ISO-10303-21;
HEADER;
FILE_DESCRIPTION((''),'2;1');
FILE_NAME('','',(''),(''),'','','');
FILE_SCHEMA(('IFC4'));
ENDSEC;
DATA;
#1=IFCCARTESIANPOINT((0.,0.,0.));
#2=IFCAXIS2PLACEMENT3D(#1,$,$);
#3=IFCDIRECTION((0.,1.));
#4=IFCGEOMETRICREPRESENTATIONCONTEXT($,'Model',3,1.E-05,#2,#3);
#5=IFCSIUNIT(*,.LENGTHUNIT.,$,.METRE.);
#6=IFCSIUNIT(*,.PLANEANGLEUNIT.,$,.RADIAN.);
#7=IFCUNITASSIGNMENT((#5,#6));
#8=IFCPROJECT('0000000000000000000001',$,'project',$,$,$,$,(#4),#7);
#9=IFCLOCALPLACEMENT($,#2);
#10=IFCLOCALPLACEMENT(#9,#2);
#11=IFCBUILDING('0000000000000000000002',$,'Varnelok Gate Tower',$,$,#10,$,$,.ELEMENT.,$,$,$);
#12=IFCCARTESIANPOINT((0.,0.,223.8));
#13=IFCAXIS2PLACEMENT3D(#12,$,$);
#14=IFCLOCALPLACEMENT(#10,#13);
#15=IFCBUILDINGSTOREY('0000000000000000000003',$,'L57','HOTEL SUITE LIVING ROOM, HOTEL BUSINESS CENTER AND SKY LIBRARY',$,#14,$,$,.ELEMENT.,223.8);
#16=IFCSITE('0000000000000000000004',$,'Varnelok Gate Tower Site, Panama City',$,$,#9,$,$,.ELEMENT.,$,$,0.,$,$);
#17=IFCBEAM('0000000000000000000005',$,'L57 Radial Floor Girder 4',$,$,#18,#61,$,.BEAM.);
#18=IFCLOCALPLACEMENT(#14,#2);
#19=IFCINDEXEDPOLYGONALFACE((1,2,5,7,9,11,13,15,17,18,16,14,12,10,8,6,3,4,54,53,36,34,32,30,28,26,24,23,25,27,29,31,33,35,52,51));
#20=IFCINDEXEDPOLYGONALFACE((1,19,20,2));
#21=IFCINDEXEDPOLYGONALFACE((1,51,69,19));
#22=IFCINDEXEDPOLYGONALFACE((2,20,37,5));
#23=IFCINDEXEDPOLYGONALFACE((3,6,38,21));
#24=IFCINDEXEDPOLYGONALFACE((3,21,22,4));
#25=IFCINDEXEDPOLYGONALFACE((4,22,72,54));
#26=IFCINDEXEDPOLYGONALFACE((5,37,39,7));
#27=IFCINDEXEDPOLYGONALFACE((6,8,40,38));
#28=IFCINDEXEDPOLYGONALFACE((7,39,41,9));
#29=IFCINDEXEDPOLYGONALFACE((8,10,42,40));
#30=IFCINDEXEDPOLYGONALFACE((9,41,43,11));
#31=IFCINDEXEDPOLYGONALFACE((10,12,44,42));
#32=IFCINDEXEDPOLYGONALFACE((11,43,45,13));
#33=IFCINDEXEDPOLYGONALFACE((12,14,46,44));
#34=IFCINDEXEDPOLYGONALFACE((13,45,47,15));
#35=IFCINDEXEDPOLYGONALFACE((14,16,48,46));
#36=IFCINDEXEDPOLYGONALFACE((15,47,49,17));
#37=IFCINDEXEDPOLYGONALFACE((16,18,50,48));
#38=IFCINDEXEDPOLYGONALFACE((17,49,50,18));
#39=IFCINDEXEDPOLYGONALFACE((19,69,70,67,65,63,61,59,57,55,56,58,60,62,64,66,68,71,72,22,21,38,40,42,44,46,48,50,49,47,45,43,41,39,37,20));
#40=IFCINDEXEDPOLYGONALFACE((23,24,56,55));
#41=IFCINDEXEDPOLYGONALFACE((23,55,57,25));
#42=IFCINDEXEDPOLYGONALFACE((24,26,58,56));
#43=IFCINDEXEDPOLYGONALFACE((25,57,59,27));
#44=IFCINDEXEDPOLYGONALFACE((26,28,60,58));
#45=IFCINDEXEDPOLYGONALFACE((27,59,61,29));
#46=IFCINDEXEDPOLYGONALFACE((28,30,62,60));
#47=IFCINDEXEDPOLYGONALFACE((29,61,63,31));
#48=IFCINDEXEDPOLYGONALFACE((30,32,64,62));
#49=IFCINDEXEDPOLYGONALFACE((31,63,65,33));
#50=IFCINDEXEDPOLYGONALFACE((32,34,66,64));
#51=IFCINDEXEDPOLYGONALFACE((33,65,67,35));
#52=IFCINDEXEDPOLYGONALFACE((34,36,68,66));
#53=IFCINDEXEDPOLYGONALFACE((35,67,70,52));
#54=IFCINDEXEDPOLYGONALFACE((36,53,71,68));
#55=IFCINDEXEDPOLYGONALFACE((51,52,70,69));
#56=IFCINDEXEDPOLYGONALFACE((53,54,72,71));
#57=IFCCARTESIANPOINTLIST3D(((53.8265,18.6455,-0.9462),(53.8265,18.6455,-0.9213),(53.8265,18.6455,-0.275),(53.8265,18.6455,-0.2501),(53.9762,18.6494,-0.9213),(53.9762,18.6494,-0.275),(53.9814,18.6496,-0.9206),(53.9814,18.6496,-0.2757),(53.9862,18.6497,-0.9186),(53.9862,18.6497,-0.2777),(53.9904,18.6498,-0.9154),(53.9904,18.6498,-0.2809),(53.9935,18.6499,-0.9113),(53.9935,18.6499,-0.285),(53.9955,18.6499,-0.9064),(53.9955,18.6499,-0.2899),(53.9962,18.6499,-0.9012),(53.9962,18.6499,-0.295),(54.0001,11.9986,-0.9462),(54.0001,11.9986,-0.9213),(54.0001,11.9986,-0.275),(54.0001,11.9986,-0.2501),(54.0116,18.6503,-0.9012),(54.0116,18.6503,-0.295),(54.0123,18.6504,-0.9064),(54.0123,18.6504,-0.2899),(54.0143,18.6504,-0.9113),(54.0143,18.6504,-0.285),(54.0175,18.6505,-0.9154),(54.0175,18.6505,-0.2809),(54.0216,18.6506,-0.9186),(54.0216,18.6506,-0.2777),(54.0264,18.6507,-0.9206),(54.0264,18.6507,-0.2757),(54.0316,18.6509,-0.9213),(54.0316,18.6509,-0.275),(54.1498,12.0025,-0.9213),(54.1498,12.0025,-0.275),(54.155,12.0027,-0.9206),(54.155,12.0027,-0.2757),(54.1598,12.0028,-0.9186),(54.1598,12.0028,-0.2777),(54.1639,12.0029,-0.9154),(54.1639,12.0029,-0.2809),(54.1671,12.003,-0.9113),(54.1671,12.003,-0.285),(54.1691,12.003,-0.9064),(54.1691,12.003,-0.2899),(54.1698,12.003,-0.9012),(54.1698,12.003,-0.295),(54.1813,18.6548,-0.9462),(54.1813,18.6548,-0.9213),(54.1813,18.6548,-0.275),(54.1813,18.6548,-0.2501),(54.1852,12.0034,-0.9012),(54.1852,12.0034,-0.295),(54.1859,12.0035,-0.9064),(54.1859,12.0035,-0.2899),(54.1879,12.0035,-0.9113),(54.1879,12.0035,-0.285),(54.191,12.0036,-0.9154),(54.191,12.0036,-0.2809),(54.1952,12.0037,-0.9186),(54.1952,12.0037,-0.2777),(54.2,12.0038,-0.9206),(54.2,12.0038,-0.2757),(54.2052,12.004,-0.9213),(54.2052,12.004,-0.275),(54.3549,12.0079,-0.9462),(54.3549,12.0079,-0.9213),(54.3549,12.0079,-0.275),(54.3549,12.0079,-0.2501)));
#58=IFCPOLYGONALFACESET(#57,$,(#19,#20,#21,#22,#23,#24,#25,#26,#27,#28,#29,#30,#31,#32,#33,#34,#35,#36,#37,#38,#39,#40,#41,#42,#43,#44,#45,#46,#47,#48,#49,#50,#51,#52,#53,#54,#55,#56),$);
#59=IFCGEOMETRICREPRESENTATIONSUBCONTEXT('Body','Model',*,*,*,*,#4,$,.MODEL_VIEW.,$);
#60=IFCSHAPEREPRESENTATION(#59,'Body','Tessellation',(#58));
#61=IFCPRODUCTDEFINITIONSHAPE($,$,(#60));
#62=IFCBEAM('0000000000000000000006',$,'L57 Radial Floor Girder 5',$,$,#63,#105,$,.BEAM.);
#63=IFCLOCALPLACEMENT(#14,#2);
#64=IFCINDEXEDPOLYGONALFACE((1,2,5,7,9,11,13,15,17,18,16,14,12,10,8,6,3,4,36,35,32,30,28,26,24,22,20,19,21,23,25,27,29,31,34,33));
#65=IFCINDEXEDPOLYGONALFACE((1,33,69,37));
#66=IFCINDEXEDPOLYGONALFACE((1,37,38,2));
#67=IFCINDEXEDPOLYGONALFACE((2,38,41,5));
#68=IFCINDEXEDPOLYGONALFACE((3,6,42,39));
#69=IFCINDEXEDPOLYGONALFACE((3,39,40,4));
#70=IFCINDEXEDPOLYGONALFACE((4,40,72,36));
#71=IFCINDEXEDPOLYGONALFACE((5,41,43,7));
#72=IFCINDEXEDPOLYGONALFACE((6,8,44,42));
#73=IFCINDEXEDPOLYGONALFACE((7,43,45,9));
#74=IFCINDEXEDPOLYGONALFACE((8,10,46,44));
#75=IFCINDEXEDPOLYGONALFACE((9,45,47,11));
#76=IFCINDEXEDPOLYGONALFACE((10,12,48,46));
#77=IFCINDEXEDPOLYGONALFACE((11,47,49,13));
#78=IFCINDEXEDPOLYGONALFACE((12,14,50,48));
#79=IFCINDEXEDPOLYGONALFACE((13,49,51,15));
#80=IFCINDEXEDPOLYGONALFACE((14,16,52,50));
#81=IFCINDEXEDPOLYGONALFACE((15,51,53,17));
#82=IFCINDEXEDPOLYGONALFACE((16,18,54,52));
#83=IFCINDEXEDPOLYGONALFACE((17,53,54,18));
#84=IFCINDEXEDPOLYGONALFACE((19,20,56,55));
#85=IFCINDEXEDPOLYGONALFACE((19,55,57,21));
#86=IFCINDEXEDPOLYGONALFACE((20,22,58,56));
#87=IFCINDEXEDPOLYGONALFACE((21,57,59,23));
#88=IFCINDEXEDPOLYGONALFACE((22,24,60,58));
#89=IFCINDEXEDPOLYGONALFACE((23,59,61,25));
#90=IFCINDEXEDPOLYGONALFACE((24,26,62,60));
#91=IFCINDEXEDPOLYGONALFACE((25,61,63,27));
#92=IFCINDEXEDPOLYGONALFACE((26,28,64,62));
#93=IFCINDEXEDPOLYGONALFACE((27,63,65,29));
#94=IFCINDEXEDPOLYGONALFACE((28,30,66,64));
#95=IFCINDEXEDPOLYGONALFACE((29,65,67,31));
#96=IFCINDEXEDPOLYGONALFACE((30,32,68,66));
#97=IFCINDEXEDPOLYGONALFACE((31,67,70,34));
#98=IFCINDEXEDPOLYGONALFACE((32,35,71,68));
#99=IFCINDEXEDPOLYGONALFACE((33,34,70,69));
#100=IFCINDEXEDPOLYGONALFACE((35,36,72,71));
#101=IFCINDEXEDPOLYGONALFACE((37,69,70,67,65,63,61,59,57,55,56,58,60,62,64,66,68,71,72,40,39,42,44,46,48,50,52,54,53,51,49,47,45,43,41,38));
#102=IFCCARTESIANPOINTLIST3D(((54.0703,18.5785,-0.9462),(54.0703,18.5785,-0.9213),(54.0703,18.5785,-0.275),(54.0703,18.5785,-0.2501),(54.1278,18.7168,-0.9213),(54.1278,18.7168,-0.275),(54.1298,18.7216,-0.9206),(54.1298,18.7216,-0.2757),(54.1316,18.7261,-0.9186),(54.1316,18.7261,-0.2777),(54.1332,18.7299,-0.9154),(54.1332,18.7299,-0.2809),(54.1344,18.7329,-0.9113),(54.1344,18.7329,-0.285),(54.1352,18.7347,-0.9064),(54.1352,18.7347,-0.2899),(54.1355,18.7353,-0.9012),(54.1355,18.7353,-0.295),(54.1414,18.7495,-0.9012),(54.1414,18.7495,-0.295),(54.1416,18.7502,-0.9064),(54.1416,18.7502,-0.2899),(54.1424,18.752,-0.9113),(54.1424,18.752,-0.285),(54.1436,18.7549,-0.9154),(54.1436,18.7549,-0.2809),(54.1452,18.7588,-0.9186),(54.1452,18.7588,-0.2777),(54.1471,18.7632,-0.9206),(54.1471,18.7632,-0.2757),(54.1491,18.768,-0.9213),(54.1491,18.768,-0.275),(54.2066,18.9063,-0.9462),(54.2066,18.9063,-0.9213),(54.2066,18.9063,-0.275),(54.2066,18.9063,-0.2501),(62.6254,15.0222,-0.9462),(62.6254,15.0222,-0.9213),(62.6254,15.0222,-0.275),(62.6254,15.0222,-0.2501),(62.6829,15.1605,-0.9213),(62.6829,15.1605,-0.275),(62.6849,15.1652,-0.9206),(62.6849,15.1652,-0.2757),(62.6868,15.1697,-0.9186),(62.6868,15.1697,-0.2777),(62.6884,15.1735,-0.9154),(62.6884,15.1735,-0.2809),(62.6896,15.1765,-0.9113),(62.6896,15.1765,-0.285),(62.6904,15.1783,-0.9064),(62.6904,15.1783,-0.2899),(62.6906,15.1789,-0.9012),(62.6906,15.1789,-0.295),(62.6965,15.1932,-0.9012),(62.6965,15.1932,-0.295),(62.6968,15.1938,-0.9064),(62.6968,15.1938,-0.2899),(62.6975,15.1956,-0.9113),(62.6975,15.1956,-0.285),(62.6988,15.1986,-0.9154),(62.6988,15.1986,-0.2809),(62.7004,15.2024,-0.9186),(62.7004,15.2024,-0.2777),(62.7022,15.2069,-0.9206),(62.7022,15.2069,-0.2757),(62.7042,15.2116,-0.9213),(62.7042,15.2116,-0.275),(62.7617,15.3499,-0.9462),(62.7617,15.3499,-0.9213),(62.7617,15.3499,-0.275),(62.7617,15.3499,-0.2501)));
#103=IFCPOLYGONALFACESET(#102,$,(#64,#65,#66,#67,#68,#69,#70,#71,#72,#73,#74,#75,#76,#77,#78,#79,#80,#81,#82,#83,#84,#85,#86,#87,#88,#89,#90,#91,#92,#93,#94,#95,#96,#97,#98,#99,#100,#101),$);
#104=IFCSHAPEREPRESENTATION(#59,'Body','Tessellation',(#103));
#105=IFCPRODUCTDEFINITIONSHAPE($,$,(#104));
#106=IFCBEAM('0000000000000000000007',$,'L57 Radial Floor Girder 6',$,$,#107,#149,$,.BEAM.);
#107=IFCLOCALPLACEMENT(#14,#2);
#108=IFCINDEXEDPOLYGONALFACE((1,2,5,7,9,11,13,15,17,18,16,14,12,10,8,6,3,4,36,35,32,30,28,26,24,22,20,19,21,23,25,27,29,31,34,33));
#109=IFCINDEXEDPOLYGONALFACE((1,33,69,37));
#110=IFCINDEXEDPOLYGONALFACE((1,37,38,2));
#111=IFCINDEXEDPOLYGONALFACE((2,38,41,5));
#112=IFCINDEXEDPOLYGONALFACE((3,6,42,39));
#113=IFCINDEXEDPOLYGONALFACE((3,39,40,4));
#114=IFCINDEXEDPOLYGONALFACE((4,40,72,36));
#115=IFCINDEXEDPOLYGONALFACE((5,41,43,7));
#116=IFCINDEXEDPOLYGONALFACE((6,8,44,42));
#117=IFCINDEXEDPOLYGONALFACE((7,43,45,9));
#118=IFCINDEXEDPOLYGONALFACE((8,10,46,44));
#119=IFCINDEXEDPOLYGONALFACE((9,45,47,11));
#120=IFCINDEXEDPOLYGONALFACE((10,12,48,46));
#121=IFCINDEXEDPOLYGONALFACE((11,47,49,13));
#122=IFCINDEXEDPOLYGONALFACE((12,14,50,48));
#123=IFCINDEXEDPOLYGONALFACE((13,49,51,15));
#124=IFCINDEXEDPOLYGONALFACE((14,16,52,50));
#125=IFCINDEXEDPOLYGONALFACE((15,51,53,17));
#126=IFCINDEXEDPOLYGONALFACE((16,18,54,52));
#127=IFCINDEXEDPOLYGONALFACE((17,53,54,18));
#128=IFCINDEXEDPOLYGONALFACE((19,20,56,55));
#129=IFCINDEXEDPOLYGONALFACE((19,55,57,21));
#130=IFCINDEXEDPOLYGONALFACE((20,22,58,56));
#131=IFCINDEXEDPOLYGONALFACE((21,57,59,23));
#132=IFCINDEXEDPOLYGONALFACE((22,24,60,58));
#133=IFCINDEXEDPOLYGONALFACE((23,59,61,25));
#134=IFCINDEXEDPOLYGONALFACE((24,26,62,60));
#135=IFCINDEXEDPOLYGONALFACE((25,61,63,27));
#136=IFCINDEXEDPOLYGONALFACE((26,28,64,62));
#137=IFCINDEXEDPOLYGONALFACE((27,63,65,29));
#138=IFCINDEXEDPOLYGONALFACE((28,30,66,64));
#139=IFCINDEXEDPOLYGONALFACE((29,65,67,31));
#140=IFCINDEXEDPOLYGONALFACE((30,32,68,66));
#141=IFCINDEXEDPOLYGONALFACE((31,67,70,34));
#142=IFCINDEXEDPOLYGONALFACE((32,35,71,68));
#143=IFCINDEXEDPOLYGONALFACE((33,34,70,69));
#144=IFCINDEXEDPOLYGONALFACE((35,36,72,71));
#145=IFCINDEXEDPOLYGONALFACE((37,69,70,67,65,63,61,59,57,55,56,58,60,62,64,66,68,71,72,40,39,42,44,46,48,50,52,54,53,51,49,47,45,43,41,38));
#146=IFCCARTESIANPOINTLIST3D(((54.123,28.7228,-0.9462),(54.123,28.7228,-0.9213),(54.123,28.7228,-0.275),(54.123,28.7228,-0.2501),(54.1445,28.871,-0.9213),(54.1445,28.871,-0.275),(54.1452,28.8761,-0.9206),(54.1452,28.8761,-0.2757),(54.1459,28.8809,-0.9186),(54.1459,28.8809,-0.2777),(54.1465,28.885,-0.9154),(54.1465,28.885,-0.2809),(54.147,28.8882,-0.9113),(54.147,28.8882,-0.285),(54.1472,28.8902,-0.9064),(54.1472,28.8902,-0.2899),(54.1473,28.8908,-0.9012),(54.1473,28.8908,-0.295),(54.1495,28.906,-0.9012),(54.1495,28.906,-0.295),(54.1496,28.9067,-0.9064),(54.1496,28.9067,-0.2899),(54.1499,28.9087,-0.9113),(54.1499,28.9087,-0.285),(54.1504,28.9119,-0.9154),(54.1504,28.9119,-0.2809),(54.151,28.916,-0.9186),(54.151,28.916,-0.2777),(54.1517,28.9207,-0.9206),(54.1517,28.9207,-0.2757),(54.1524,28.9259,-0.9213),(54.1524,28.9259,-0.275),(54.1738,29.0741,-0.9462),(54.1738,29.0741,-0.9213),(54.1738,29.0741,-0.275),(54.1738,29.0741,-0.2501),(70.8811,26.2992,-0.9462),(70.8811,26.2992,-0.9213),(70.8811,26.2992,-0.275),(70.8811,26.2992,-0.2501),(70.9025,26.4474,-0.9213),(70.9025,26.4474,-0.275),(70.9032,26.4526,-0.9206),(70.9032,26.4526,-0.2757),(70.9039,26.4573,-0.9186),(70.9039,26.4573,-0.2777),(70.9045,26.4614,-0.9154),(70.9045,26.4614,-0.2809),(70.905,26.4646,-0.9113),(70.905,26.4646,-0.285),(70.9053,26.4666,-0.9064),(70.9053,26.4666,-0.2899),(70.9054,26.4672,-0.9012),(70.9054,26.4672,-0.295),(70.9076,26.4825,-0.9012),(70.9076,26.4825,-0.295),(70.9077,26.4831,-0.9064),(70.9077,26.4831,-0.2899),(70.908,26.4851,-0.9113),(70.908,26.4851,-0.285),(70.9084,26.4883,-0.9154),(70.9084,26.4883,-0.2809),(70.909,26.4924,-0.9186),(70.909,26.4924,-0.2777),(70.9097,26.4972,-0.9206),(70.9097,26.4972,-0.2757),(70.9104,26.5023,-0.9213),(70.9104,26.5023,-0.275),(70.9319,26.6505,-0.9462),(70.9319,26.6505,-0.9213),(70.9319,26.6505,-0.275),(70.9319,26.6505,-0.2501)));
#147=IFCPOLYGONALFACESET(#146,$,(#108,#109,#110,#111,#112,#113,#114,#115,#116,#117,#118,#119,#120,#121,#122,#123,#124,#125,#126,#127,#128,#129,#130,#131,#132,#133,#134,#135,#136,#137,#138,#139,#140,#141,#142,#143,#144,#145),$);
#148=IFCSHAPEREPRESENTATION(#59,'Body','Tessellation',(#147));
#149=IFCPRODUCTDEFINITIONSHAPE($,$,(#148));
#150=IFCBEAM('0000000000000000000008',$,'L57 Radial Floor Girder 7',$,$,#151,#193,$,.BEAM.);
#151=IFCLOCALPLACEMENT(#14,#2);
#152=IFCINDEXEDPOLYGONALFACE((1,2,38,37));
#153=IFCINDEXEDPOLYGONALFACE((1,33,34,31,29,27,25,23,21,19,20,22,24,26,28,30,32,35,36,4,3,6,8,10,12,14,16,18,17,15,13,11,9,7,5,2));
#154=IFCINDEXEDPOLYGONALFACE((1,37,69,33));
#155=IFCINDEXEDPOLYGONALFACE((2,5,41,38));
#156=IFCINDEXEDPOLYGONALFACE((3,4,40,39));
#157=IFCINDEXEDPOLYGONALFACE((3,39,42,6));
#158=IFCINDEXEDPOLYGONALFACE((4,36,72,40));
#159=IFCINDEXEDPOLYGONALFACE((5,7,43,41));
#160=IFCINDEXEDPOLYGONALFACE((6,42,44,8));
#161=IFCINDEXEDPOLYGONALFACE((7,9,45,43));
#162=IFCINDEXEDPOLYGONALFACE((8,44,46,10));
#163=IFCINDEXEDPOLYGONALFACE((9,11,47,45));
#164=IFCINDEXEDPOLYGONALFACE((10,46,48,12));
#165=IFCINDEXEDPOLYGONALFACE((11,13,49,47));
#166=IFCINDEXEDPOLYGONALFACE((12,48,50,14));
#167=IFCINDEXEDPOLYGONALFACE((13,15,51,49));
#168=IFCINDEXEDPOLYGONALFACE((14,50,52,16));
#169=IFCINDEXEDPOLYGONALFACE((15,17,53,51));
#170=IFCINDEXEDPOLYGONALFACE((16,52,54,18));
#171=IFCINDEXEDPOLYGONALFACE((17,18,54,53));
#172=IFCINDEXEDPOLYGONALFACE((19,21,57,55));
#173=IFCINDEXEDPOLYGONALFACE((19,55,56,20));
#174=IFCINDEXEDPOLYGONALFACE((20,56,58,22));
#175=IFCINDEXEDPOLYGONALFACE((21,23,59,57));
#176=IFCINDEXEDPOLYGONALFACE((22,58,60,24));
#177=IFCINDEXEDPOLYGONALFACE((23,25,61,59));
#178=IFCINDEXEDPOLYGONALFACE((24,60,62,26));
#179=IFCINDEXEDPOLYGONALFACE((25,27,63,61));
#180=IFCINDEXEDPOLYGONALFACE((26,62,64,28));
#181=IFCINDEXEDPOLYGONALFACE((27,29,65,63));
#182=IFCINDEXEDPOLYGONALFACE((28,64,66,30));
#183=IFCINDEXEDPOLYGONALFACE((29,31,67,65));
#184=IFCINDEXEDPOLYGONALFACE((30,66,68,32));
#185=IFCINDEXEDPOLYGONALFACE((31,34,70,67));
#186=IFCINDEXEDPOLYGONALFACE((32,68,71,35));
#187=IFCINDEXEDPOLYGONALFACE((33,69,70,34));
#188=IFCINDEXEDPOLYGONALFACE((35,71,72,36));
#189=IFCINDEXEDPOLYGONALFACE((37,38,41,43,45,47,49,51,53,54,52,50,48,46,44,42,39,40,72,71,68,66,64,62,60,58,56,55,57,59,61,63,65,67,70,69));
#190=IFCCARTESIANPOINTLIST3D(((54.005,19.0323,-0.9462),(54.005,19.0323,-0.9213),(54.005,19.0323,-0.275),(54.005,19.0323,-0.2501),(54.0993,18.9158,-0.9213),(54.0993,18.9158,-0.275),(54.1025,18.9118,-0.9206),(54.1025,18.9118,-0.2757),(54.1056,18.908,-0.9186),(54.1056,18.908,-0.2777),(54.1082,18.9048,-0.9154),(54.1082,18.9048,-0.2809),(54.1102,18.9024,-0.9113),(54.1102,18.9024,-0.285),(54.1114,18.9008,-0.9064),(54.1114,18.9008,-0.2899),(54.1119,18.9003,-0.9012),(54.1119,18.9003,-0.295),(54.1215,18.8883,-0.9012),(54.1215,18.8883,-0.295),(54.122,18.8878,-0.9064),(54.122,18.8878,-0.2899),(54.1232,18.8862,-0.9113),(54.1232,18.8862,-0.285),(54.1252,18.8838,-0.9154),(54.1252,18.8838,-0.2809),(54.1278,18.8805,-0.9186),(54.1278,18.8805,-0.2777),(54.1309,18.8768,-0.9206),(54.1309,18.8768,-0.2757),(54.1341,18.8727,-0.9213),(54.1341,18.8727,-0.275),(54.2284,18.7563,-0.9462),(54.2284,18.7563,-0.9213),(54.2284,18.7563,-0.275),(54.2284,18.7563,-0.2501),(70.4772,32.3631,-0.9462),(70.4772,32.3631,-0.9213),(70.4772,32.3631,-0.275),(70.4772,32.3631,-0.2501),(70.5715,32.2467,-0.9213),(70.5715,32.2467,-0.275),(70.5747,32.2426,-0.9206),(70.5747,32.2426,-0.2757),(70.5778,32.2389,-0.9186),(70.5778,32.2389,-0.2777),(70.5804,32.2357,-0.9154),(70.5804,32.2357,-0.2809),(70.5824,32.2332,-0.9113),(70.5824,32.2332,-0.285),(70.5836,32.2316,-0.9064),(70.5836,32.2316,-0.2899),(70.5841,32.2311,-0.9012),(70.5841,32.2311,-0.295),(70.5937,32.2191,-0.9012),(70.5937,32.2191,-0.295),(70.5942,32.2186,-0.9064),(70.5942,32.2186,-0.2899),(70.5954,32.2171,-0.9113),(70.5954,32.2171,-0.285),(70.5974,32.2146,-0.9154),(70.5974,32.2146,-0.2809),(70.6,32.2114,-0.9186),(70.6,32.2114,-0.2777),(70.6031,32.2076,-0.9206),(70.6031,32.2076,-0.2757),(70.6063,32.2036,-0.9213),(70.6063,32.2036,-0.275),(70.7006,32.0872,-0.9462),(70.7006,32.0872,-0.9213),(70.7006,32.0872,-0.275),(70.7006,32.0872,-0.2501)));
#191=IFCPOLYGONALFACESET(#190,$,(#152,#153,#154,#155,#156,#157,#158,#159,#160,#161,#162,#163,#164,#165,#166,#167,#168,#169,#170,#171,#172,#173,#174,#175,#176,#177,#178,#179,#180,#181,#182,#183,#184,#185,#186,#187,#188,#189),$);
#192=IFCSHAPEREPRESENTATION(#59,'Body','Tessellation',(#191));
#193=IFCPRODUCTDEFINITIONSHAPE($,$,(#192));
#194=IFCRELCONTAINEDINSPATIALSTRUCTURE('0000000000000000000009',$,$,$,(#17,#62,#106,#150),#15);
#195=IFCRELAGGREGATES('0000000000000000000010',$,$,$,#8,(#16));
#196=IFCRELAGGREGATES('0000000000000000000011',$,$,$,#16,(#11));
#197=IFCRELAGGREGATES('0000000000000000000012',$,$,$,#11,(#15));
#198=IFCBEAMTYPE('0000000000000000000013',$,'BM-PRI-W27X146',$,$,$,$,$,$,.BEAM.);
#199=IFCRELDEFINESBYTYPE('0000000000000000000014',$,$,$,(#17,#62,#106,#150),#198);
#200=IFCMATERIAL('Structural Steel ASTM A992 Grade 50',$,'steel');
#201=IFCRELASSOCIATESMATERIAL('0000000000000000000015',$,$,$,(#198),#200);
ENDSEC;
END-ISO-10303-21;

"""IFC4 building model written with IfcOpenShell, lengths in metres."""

from ifc_helpers import new_model, si_unit, direction, frame, origin, origin_2d, place, context, subcontext, project, spatial, i_section, extrude, material, material_profile, profile_set, type_object, element, save


model = new_model("IFC4")

# Units and contexts
model_context = context("Model", 3, precision=1e-05, world=origin(), true_north=direction((0.0, 1.0)))
body_context = subcontext(model_context, "Body", "Model", "MODEL_VIEW")
ifc_project = project(units=[si_unit("LENGTHUNIT", "METRE"), si_unit("PLANEANGLEUNIT", "RADIAN")], contexts=[model_context])

# Site, building, storey
site_placement = place(None, origin())
site = spatial("IfcSite", under=ifc_project, at=site_placement, Name="Varnelok Gate Tower Site, Panama City", CompositionType="ELEMENT", RefElevation=0.0)
building_placement = place(site_placement, origin())
building = spatial("IfcBuilding", under=site, at=building_placement, Name="Varnelok Gate Tower", CompositionType="ELEMENT")
storey_placement = place(building_placement, frame((0.0, 0.0, 223.8)))
storey = spatial("IfcBuildingStorey", under=building, at=storey_placement, Name="L57", Description="HOTEL SUITE LIVING ROOM, HOTEL BUSINESS CENTER AND SKY LIBRARY", CompositionType="ELEMENT", Elevation=223.8)

# Shared definitions
ifc_material_1 = material(Name="Structural Steel ASTM A992 Grade 50", Category="steel")

# Beams
ifc_material_profile_1 = material_profile(ifc_material_1, i_section(OverallWidth=0.355, OverallDepth=0.696, WebThickness=0.0154, FlangeThickness=0.0249, FilletRadius=0.02, at=origin_2d()), Name="W27X146")
ifc_profile_set_1 = profile_set([ifc_material_profile_1], Name="Structural Steel ASTM A992 Grade 50")
beam_type = type_object("IfcBeamType", Name="BM-PRI-W27X146", PredefinedType="BEAM", material=ifc_profile_set_1)
beam_1_placement = place(storey_placement, frame((54.0039, 18.6501, -0.5981), z_axis=(0.026106, -0.999659, 0.0), x_axis=(0.999659, 0.026106, 0.0)))
element("IfcBeam", 1, at=beam_1_placement, inside=storey, type_object=beam_type, Name="L57 Radial Floor Girder 4", PredefinedType="BEAM", context=body_context, shape_type="SweptSolid", body=[
    extrude(i_section(OverallWidth=0.355, OverallDepth=0.696, WebThickness=0.0154, FlangeThickness=0.0249, FilletRadius=0.02, at=origin_2d()), origin(), (0.0, 0.0, 1.0), 6.6492),
])
beam_2_placement = place(storey_placement, frame((54.1384, 18.7424, -0.5981), z_axis=(0.923393, -0.383856, 0.0), x_axis=(0.383856, 0.923393, 0.0)))
element("IfcBeam", 2, at=beam_2_placement, inside=storey, type_object=beam_type, Name="L57 Radial Floor Girder 5", PredefinedType="BEAM", context=body_context, shape_type="SweptSolid", body=[
    extrude(i_section(OverallWidth=0.355, OverallDepth=0.696, WebThickness=0.0154, FlangeThickness=0.0249, FilletRadius=0.02, at=origin_2d()), origin(), (0.0, 0.0, 1.0), 9.2649),
])
beam_3_placement = place(storey_placement, frame((54.1484, 28.8984, -0.5981), z_axis=(0.989703, -0.143133, 0.0), x_axis=(0.143133, 0.989703, 0.0)))
element("IfcBeam", 3, at=beam_3_placement, inside=storey, type_object=beam_type, Name="L57 Radial Floor Girder 6", PredefinedType="BEAM", context=body_context, shape_type="SweptSolid", body=[
    extrude(i_section(OverallWidth=0.355, OverallDepth=0.696, WebThickness=0.0154, FlangeThickness=0.0249, FilletRadius=0.02, at=origin_2d()), origin(), (0.0, 0.0, 1.0), 16.9324),
])
beam_4_placement = place(storey_placement, frame((54.1167, 18.8943, -0.5981), z_axis=(0.777333, 0.62909, 0.0), x_axis=(-0.62909, 0.777333, 0.0)))
element("IfcBeam", 4, at=beam_4_placement, inside=storey, type_object=beam_type, Name="L57 Radial Floor Girder 7", PredefinedType="BEAM", context=body_context, shape_type="SweptSolid", body=[
    extrude(i_section(OverallWidth=0.355, OverallDepth=0.696, WebThickness=0.0154, FlangeThickness=0.0249, FilletRadius=0.02, at=origin_2d()), origin(), (0.0, 0.0, 1.0), 21.1907),
])

save(model, "model.ifc")
